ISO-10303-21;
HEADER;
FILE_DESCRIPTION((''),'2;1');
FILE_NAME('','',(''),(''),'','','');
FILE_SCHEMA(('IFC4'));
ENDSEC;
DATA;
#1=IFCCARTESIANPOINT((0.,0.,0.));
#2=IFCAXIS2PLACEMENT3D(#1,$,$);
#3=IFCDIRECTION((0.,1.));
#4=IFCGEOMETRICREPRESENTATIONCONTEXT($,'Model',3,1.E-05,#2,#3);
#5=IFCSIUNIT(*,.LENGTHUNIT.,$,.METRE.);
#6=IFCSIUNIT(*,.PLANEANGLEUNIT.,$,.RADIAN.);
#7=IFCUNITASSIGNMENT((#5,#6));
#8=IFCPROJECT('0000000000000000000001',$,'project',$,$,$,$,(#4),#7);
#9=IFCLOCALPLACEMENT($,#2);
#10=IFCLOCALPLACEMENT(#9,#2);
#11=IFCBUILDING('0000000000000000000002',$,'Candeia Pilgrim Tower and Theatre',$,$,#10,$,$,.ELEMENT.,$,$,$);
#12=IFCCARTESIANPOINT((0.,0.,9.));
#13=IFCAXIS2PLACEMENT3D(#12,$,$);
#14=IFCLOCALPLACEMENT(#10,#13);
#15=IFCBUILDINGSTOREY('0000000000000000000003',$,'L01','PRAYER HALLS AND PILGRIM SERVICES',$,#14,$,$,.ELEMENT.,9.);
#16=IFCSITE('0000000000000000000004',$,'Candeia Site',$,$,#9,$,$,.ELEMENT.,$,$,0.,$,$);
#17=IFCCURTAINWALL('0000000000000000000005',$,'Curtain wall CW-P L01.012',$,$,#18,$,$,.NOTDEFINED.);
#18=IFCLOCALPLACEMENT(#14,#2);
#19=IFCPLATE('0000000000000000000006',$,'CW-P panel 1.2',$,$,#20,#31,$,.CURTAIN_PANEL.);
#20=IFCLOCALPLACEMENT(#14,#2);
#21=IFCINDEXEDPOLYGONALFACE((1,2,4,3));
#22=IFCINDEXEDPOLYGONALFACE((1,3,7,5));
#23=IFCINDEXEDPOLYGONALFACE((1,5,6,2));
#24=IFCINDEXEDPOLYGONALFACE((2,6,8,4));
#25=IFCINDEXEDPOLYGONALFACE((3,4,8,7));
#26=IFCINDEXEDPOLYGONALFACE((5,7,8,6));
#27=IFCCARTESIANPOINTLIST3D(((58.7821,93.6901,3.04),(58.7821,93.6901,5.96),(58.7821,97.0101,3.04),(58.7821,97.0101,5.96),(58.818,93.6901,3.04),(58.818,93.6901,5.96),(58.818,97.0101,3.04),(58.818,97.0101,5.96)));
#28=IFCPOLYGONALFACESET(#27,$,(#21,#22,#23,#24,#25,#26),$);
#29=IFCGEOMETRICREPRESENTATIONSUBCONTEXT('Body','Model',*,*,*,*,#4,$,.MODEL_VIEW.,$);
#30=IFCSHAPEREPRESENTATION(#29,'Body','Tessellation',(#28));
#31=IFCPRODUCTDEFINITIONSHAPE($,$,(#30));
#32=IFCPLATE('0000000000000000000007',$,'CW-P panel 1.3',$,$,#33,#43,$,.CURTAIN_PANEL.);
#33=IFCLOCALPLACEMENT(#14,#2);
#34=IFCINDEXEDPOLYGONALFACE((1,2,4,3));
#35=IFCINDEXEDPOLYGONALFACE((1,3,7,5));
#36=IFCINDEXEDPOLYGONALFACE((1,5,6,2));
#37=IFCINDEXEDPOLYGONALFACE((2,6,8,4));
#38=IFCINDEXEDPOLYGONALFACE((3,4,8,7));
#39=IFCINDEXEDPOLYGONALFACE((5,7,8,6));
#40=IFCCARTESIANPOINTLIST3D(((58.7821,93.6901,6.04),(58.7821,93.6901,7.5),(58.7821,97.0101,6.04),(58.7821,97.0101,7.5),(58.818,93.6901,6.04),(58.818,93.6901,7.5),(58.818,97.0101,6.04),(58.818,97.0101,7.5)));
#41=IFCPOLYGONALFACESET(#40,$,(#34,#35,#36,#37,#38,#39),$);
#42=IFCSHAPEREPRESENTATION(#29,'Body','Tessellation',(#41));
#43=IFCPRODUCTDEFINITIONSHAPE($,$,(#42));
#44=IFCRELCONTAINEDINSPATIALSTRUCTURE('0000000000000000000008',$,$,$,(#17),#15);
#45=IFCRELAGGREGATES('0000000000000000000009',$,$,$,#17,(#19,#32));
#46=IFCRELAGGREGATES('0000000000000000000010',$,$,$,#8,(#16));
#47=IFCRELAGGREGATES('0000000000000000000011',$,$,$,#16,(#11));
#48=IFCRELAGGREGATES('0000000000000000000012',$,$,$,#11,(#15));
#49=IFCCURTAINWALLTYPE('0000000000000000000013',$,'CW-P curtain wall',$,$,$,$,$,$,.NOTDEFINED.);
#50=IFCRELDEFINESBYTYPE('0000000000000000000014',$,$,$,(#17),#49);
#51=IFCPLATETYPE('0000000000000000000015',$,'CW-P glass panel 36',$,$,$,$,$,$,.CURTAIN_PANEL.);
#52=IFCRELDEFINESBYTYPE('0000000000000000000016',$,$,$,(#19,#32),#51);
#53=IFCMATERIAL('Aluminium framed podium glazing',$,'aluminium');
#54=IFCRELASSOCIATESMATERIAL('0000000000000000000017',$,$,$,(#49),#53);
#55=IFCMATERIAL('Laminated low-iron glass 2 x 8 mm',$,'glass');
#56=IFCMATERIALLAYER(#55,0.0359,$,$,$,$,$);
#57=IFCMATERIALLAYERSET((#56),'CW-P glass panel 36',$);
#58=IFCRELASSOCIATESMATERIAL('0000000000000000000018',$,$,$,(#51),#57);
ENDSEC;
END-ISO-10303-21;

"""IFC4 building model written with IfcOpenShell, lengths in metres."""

from ifc_helpers import new_model, si_unit, direction, frame, origin, origin_2d, place, context, subcontext, project, spatial, rectangle, extrude, material, layer, layer_set, type_object, element, aggregate, save


model = new_model("IFC4")

# Units and contexts
model_context = context("Model", 3, precision=1e-05, world=origin(), true_north=direction((0.0, 1.0)))
body_context = subcontext(model_context, "Body", "Model", "MODEL_VIEW")
ifc_project = project(units=[si_unit("LENGTHUNIT", "METRE"), si_unit("PLANEANGLEUNIT", "RADIAN")], contexts=[model_context])

# Site, building, storey
site_placement = place(None, origin())
site = spatial("IfcSite", under=ifc_project, at=site_placement, Name="Candeia Site", CompositionType="ELEMENT", RefElevation=0.0)
building_placement = place(site_placement, origin())
building = spatial("IfcBuilding", under=site, at=building_placement, Name="Candeia Pilgrim Tower and Theatre", CompositionType="ELEMENT")
storey_placement = place(building_placement, frame((0.0, 0.0, 9.0)))
storey = spatial("IfcBuildingStorey", under=building, at=storey_placement, Name="L01", Description="PRAYER HALLS AND PILGRIM SERVICES", CompositionType="ELEMENT", Elevation=9.0)

# Shared definitions
ifc_material_1 = material(Name="Aluminium framed podium glazing", Category="aluminium")
curtain_wall_type = type_object("IfcCurtainWallType", Name="CW-P curtain wall", PredefinedType="NOTDEFINED", material=ifc_material_1)

# Curtain wall
curtain_wall_1_placement = place(storey_placement, origin())
curtain_wall_1 = element("IfcCurtainWall", 1, at=curtain_wall_1_placement, inside=storey, type_object=curtain_wall_type, Name="Curtain wall CW-P L01.012", PredefinedType="NOTDEFINED")

# Plates
ifc_material_2 = material(Name="Laminated low-iron glass 2 x 8 mm", Category="glass")
ifc_layer_1 = layer(ifc_material_2, 0.0359)
ifc_layer_set_1 = layer_set([ifc_layer_1], Name="CW-P glass panel 36")
plate_type = type_object("IfcPlateType", Name="CW-P glass panel 36", PredefinedType="CURTAIN_PANEL", material=ifc_layer_set_1)
plate_1_placement = place(storey_placement, frame((58.8, 95.3501, 3.04), z_axis=(0.0, 0.0, 1.0), x_axis=(0.0, 1.0, 0.0)))
plate_1 = element("IfcPlate", 2, at=plate_1_placement, type_object=plate_type, Name="CW-P panel 1.2", PredefinedType="CURTAIN_PANEL", context=body_context, shape_type="SweptSolid", body=[
    extrude(rectangle(XDim=3.3201, YDim=0.0359, at=origin_2d()), origin(), (0.0, 0.0, 1.0), 2.9199),
])
plate_2_placement = place(storey_placement, frame((58.8, 95.3501, 6.04), z_axis=(0.0, 0.0, 1.0), x_axis=(0.0, 1.0, 0.0)))
plate_2 = element("IfcPlate", 3, at=plate_2_placement, type_object=plate_type, Name="CW-P panel 1.3", PredefinedType="CURTAIN_PANEL", context=body_context, shape_type="SweptSolid", body=[
    extrude(rectangle(XDim=3.3201, YDim=0.0359, at=origin_2d()), origin(), (0.0, 0.0, 1.0), 1.46),
])
aggregate(curtain_wall_1, [plate_1, plate_2])

save(model, "model.ifc")
